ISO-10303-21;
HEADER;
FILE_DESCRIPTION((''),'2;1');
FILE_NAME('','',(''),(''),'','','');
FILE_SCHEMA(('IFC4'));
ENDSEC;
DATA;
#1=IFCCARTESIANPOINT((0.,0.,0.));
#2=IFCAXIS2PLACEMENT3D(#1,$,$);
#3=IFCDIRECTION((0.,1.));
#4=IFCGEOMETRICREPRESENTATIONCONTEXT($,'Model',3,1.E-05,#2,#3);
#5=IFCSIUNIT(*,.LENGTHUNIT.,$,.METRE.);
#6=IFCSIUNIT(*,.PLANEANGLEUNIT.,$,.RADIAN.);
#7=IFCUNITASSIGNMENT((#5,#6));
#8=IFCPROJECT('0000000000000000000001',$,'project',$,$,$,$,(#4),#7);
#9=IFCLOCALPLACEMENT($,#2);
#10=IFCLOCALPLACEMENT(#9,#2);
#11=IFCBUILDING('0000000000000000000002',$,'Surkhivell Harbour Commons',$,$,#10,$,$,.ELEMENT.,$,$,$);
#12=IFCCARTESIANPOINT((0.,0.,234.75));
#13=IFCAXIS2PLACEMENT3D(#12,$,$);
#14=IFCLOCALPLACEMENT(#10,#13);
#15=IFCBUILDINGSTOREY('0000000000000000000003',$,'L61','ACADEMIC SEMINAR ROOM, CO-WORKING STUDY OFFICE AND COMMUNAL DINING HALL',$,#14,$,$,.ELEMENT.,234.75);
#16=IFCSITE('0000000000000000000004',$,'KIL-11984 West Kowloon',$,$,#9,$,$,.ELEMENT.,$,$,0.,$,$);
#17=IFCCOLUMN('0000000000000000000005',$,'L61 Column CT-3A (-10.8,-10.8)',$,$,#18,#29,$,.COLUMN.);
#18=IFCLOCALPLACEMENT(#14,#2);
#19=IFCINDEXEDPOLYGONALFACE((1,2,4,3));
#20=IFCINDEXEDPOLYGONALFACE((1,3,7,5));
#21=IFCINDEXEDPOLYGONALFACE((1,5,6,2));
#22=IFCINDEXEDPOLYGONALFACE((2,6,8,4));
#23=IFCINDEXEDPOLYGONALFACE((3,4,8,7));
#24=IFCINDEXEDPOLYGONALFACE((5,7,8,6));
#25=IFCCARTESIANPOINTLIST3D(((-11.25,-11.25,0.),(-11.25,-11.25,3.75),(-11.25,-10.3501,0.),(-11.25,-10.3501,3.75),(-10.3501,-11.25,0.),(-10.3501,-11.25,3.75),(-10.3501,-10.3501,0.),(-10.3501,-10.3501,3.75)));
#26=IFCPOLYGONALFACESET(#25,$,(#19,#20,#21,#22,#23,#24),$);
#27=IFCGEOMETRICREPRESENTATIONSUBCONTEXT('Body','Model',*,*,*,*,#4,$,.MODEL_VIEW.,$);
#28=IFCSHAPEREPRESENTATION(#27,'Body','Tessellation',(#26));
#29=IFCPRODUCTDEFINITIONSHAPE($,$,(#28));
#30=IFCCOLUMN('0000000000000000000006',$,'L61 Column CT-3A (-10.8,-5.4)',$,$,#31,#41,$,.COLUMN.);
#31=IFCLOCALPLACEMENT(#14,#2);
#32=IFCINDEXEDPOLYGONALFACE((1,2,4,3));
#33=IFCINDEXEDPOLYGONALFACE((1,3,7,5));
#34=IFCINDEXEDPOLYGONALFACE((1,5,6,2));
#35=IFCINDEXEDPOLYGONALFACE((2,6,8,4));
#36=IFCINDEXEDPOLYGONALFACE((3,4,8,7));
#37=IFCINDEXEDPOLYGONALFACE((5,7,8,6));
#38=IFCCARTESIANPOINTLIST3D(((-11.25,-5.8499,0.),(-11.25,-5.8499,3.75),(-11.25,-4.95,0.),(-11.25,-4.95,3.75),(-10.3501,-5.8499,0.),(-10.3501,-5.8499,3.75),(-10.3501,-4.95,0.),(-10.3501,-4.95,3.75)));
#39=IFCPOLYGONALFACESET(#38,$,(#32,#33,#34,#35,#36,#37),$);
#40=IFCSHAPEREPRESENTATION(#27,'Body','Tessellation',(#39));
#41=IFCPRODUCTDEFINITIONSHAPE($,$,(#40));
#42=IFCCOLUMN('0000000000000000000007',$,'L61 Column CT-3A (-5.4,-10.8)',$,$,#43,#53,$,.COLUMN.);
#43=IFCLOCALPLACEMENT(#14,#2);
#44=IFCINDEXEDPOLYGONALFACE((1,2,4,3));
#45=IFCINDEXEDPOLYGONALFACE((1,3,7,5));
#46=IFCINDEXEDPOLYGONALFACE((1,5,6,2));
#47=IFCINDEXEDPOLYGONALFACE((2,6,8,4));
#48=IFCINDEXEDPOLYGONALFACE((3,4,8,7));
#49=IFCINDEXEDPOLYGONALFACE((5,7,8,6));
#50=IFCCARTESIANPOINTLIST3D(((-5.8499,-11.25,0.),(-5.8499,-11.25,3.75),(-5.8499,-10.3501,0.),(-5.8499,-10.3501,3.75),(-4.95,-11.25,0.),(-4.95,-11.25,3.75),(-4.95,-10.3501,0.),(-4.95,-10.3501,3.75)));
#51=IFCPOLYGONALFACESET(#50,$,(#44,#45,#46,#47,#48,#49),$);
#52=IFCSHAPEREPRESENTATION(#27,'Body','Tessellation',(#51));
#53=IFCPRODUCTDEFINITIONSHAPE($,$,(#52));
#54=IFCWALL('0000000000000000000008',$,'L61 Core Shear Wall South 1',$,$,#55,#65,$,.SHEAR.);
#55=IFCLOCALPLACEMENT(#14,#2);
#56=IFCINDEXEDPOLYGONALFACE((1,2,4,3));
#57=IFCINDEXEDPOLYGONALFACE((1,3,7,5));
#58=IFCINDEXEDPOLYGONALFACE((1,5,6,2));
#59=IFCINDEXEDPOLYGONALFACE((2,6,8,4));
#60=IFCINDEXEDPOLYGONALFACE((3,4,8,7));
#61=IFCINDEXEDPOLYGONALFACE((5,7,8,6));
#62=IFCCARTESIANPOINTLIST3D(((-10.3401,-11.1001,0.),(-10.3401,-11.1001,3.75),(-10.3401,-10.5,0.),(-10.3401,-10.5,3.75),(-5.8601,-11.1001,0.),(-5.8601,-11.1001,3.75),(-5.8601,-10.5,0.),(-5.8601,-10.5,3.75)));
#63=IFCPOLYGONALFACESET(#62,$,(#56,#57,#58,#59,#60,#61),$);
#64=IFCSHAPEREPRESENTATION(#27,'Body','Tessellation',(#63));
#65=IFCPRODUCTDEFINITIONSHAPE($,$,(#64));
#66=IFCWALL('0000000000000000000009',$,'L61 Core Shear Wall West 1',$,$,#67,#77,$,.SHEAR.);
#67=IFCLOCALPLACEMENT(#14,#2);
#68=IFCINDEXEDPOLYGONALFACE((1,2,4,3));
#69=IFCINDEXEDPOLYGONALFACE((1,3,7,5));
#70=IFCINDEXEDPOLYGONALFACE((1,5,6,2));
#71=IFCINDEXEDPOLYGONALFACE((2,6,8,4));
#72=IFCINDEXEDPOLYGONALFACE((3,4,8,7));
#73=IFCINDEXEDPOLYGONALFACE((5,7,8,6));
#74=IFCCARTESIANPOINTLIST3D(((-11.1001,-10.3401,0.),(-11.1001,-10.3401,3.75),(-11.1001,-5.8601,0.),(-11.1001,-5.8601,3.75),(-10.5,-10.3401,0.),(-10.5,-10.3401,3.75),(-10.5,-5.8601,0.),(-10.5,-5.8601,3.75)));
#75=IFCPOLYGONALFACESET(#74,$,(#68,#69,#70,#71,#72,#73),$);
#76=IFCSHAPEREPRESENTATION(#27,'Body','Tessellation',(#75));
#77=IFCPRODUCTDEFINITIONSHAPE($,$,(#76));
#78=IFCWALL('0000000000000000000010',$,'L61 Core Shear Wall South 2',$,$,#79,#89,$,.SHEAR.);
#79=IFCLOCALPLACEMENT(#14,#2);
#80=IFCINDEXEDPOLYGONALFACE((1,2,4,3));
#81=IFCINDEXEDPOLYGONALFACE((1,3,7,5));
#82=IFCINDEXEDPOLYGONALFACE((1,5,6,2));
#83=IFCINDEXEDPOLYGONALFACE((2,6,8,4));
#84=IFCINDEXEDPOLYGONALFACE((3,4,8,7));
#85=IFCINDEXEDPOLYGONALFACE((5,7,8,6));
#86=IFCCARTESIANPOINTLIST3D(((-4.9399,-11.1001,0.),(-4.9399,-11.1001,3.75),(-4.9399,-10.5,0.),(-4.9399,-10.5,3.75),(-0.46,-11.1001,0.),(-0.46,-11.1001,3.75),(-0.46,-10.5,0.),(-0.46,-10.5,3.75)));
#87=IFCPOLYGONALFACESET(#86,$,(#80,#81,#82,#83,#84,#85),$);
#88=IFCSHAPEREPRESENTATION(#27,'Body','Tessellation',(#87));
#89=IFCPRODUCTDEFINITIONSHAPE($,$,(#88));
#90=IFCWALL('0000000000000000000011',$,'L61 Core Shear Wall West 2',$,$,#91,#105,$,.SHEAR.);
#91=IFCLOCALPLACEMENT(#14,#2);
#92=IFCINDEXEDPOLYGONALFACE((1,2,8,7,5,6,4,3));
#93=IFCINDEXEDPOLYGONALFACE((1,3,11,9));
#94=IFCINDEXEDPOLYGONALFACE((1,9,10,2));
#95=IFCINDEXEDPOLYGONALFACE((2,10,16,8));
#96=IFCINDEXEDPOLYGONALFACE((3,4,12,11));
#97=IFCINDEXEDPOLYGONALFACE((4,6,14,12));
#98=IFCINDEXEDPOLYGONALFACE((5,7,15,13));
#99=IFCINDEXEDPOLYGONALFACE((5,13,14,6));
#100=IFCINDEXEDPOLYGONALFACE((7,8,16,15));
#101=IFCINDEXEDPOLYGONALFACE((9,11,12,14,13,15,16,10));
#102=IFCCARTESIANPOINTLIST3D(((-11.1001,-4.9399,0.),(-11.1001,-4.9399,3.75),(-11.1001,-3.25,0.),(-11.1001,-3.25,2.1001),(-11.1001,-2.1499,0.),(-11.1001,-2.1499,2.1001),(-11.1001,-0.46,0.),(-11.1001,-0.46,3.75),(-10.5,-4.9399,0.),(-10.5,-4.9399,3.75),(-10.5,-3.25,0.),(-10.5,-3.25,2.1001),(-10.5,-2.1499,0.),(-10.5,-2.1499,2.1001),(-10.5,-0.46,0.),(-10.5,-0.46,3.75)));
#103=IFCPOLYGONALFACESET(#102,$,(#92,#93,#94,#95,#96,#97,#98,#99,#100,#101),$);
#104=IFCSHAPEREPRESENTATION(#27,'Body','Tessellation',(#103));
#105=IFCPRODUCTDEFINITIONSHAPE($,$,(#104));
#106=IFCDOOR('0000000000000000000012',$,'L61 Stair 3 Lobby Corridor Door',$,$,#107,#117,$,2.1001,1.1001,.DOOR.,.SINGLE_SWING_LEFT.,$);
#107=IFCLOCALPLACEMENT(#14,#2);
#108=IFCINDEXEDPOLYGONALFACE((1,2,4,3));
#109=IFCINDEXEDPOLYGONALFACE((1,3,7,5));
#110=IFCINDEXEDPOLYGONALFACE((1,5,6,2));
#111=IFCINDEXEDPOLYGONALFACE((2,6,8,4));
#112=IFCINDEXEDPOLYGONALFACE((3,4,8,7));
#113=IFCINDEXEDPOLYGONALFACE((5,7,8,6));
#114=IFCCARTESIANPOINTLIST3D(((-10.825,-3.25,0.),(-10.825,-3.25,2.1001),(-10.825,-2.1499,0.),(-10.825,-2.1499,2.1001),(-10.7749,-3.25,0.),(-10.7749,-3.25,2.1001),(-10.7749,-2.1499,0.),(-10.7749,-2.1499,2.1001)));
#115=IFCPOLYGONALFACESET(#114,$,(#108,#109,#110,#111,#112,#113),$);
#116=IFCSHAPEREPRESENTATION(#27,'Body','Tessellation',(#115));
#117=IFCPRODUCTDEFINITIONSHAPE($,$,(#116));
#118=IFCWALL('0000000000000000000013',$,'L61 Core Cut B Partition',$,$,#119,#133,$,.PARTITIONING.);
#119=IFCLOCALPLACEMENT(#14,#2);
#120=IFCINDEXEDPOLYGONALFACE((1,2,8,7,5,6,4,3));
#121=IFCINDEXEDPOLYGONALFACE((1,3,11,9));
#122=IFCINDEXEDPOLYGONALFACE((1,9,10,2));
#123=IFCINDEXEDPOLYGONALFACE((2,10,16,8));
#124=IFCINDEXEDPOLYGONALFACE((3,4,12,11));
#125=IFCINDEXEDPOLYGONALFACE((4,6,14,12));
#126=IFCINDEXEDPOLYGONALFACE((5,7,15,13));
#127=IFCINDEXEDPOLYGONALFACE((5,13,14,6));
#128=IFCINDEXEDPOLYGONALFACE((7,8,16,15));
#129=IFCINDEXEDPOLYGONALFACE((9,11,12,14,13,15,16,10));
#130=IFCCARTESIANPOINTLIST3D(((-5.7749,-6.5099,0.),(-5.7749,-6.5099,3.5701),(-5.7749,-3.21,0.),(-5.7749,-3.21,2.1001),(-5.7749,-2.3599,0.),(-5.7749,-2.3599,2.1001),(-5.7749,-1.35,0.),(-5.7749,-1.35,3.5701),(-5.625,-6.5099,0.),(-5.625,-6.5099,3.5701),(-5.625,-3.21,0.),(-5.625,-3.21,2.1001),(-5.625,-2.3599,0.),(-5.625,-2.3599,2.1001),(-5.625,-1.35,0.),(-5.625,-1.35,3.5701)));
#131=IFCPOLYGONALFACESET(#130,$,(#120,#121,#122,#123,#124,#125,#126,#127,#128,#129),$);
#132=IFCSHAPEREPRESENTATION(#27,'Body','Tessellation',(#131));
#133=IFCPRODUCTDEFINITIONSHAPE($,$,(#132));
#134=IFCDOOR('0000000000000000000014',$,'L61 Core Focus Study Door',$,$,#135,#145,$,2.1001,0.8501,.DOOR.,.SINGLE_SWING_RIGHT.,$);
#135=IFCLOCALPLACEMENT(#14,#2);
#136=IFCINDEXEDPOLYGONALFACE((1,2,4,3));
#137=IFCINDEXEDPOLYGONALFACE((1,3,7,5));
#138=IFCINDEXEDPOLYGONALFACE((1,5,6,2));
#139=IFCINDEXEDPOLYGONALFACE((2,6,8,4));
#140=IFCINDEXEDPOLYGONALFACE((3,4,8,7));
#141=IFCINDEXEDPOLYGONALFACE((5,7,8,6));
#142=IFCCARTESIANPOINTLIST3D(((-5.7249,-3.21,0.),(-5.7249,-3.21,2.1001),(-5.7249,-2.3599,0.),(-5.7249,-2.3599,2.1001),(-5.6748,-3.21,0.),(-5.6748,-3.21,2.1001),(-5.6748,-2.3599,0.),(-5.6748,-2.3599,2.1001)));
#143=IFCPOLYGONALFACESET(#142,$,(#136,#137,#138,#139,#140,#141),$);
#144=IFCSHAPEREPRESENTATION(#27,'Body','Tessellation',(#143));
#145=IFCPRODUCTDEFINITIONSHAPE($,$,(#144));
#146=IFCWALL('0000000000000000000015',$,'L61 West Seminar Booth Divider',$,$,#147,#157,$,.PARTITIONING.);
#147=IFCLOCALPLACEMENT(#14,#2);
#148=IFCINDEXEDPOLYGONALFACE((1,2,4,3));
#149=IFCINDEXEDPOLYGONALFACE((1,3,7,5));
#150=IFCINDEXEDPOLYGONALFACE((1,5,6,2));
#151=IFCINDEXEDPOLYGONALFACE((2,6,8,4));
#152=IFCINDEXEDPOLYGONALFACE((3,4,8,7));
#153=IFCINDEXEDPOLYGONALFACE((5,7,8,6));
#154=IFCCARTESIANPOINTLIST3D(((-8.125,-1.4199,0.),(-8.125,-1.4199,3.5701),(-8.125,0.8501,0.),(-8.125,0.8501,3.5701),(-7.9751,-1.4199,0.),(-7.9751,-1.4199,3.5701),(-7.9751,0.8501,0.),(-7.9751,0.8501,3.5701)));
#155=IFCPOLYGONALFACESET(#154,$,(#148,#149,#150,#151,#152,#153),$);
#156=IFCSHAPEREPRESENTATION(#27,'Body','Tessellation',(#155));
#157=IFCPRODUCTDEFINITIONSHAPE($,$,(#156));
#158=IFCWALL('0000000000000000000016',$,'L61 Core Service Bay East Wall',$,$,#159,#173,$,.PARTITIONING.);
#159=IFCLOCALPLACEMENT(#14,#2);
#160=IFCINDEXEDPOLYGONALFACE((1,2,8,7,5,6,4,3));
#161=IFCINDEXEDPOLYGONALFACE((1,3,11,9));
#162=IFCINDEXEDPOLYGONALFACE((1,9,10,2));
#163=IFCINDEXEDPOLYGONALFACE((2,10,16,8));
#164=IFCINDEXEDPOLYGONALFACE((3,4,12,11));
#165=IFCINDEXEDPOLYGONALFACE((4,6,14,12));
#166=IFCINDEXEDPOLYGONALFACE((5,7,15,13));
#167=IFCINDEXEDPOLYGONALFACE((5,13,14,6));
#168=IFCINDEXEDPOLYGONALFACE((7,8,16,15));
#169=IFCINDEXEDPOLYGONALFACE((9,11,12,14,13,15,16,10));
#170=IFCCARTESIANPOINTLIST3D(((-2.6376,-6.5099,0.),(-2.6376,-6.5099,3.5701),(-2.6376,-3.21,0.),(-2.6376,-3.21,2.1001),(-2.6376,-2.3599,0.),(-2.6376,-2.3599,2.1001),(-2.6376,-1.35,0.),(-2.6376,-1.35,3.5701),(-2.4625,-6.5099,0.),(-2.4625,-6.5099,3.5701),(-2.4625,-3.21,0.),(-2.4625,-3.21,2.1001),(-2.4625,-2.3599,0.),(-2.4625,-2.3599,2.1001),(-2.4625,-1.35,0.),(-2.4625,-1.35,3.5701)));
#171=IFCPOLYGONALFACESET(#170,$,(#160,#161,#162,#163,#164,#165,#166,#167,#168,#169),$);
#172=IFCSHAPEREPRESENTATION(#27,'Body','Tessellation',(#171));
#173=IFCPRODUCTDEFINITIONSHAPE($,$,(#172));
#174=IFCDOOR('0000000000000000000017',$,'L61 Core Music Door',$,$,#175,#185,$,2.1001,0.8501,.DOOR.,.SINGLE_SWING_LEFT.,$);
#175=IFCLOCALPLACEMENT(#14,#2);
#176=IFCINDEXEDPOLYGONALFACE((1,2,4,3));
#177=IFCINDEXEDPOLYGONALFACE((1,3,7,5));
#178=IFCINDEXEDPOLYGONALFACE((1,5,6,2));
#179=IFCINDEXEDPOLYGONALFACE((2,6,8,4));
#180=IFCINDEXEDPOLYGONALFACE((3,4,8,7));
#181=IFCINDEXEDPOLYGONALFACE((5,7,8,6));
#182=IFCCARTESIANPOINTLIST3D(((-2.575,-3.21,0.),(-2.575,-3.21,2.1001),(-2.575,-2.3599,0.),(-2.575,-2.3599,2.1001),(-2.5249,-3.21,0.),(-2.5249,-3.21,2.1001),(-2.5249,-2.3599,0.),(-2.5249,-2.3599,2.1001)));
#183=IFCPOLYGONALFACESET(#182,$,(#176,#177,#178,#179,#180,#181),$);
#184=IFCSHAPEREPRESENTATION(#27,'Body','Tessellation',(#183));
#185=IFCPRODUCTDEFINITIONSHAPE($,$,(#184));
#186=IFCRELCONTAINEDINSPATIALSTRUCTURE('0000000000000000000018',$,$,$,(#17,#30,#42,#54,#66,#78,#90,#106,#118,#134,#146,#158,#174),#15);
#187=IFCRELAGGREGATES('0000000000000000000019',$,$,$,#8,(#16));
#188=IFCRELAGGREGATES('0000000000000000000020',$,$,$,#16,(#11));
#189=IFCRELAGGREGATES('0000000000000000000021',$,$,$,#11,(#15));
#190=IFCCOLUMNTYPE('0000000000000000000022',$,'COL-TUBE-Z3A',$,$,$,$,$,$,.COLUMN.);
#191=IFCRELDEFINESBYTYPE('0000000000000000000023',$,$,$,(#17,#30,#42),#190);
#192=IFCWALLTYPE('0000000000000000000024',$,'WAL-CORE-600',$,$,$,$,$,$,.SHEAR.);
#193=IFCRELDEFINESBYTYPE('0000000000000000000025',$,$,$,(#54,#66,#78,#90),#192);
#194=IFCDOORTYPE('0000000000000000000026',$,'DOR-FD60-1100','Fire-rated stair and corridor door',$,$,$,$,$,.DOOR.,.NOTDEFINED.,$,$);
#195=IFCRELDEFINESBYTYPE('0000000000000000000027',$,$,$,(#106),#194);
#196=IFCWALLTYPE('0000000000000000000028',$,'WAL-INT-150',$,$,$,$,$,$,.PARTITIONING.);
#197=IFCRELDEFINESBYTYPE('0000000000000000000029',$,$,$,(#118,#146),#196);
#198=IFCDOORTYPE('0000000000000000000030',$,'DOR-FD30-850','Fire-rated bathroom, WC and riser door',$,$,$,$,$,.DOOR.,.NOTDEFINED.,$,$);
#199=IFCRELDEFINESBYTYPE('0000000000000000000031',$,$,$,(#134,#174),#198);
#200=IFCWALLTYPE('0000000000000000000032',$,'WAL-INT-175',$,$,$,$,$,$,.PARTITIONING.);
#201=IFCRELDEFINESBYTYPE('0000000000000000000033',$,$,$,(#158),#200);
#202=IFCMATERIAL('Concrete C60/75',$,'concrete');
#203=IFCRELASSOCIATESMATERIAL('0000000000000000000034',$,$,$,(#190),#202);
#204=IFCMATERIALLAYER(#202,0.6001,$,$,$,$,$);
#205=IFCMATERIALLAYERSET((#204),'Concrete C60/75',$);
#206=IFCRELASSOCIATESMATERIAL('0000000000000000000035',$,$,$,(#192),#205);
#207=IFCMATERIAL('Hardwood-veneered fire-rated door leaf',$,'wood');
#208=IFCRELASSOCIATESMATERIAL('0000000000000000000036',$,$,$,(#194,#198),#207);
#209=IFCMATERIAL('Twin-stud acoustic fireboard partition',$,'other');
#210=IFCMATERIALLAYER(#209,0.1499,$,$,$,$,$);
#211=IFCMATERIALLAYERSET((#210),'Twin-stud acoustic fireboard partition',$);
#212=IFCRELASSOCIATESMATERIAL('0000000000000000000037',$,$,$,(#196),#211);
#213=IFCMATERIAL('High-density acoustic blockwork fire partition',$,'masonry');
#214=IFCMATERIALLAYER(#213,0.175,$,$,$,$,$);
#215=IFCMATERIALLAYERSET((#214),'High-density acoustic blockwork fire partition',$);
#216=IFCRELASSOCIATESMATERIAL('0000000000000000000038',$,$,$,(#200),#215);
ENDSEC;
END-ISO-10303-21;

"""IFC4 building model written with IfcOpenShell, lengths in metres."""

from ifc_helpers import new_model, si_unit, direction, frame, frame_2d, origin, origin_2d, place, context, subcontext, project, spatial, rectangle, extrude, material, layer, layer_set, material_profile, profile_set, type_object, element, fill, save


model = new_model("IFC4")

# Units and contexts
model_context = context("Model", 3, precision=1e-05, world=origin(), true_north=direction((0.0, 1.0)))
body_context = subcontext(model_context, "Body", "Model", "MODEL_VIEW")
ifc_project = project(units=[si_unit("LENGTHUNIT", "METRE"), si_unit("PLANEANGLEUNIT", "RADIAN")], contexts=[model_context])

# Site, building, storey
site_placement = place(None, origin())
site = spatial("IfcSite", under=ifc_project, at=site_placement, Name="KIL-11984 West Kowloon", CompositionType="ELEMENT", RefElevation=0.0)
building_placement = place(site_placement, origin())
building = spatial("IfcBuilding", under=site, at=building_placement, Name="Surkhivell Harbour Commons", CompositionType="ELEMENT")
storey_placement = place(building_placement, frame((0.0, 0.0, 234.75)))
storey = spatial("IfcBuildingStorey", under=building, at=storey_placement, Name="L61", Description="ACADEMIC SEMINAR ROOM, CO-WORKING STUDY OFFICE AND COMMUNAL DINING HALL", CompositionType="ELEMENT", Elevation=234.75)

# Columns
ifc_material_1 = material(Name="Concrete C60/75", Category="concrete")
ifc_material_profile = material_profile(ifc_material_1, rectangle(XDim=0.8999, YDim=0.8999, at=origin_2d()), Name="RC-COL-900x900")
ifc_profile_set = profile_set([ifc_material_profile], Name="Concrete C60/75")
column_type = type_object("IfcColumnType", Name="COL-TUBE-Z3A", PredefinedType="COLUMN", material=ifc_profile_set)
for number, where, z_axis, x_axis, name in (
    (1, (-10.8, -10.8, 0.0), (0.0, 0.0, 1.0), (1.0, 0.0, 0.0), "L61 Column CT-3A (-10.8,-10.8)"),
    (2, (-10.8, -5.3999, 0.0), (0.0, 0.0, 1.0), (1.0, 0.0, 0.0), "L61 Column CT-3A (-10.8,-5.4)"),
    (3, (-5.3999, -10.8, 0.0), (0.0, 0.0, 1.0), (1.0, 0.0, 0.0), "L61 Column CT-3A (-5.4,-10.8)"),
):
    element("IfcColumn", number, at=place(storey_placement, frame(where, z_axis=z_axis, x_axis=x_axis)), inside=storey, type_object=column_type, Name=name, PredefinedType="COLUMN", context=body_context, shape_type="SweptSolid", body=[
        extrude(rectangle(XDim=0.8999, YDim=0.8999, at=origin_2d()), origin(), (0.0, 0.0, 1.0), 3.75),
    ])

# Walls
ifc_layer_1 = layer(ifc_material_1, 0.6001)
ifc_layer_set_1 = layer_set([ifc_layer_1], Name="Concrete C60/75")
wall_type_1 = type_object("IfcWallType", Name="WAL-CORE-600", PredefinedType="SHEAR", material=ifc_layer_set_1)
for number, where, z_axis, x_axis, name in (
    (4, (-10.3401, -10.8, 0.0), (0.0, 0.0, 1.0), (1.0, 0.0, 0.0), "L61 Core Shear Wall South 1"),
    (5, (-10.8, -10.3401, 0.0), (0.0, 0.0, 1.0), (0.0, 1.0, 0.0), "L61 Core Shear Wall West 1"),
    (6, (-4.9399, -10.8, 0.0), (0.0, 0.0, 1.0), (1.0, 0.0, 0.0), "L61 Core Shear Wall South 2"),
):
    element("IfcWall", number, at=place(storey_placement, frame(where, z_axis=z_axis, x_axis=x_axis)), inside=storey, type_object=wall_type_1, Name=name, PredefinedType="SHEAR", context=body_context, shape_type="SweptSolid", body=[
        extrude(rectangle(XDim=4.48, YDim=0.6001, at=frame_2d((2.24, 0.0))), origin(), (0.0, 0.0, 1.0), 3.75),
    ])

# Walls, openings, doors
wall_1_placement = place(storey_placement, frame((-10.8, -4.9399, 0.0), z_axis=(0.0, 0.0, 1.0), x_axis=(0.0, 1.0, 0.0)))
wall_1 = element("IfcWall", 7, at=wall_1_placement, inside=storey, type_object=wall_type_1, Name="L61 Core Shear Wall West 2", PredefinedType="SHEAR", context=body_context, shape_type="SweptSolid", body=[
    extrude(rectangle(XDim=4.48, YDim=0.6001, at=frame_2d((2.24, 0.0))), origin(), (0.0, 0.0, 1.0), 3.75),
])
opening_1_placement = place(wall_1_placement, frame((1.6899, 0.0, 0.0)))
opening_1 = element("IfcOpeningElement", 8, at=opening_1_placement, cuts=wall_1, PredefinedType="OPENING", context=body_context, shape_type="SweptSolid", body=[
    extrude(rectangle(XDim=1.1001, YDim=2.1001, at=frame_2d((0.55, 1.05))), frame((0.0, 0.3101, 0.0), z_axis=(0.0, -1.0, 0.0), x_axis=(1.0, 0.0, 0.0)), (0.0, 0.0, 1.0), 0.6201),
])
ifc_material_2 = material(Name="Hardwood-veneered fire-rated door leaf", Category="wood")
door_type_1 = type_object("IfcDoorType", Name="DOR-FD60-1100", Description="Fire-rated stair and corridor door", OperationType="NOTDEFINED", PredefinedType="DOOR", material=ifc_material_2)
door_1_placement = place(opening_1_placement, origin())
door_1 = element("IfcDoor", 9, at=door_1_placement, inside=storey, type_object=door_type_1, Name="L61 Stair 3 Lobby Corridor Door", OperationType="SINGLE_SWING_LEFT", OverallHeight=2.1001, OverallWidth=1.1001, PredefinedType="DOOR", context=body_context, shape_type="SweptSolid", body=[
    extrude(rectangle(XDim=1.1001, YDim=2.1001, at=frame_2d((0.55, 1.05))), frame((0.0, 0.0249, 0.0), z_axis=(0.0, -1.0, 0.0), x_axis=(1.0, 0.0, 0.0)), (0.0, 0.0, 1.0), 0.05),
])
fill(opening_1, door_1)
ifc_material_3 = material(Name="Twin-stud acoustic fireboard partition", Category="other")
ifc_layer_2 = layer(ifc_material_3, 0.1499)
ifc_layer_set_2 = layer_set([ifc_layer_2], Name="Twin-stud acoustic fireboard partition")
wall_type_2 = type_object("IfcWallType", Name="WAL-INT-150", PredefinedType="PARTITIONING", material=ifc_layer_set_2)
wall_2_placement = place(storey_placement, frame((-5.7, -6.51, 0.0), z_axis=(0.0, 0.0, 1.0), x_axis=(0.0, 1.0, 0.0)))
wall_2 = element("IfcWall", 10, at=wall_2_placement, inside=storey, type_object=wall_type_2, Name="L61 Core Cut B Partition", PredefinedType="PARTITIONING", context=body_context, shape_type="SweptSolid", body=[
    extrude(rectangle(XDim=5.1599, YDim=0.1499, at=frame_2d((2.5801, 0.0))), origin(), (0.0, 0.0, 1.0), 3.5701),
])
opening_2_placement = place(wall_2_placement, frame((3.3, 0.0, 0.0)))
opening_2 = element("IfcOpeningElement", 11, at=opening_2_placement, cuts=wall_2, PredefinedType="OPENING", context=body_context, shape_type="SweptSolid", body=[
    extrude(rectangle(XDim=0.8501, YDim=2.1001, at=frame_2d((0.425, 1.05))), frame((0.0, 0.085, 0.0), z_axis=(0.0, -1.0, 0.0), x_axis=(1.0, 0.0, 0.0)), (0.0, 0.0, 1.0), 0.1699),
])
door_type_2 = type_object("IfcDoorType", Name="DOR-FD30-850", Description="Fire-rated bathroom, WC and riser door", OperationType="NOTDEFINED", PredefinedType="DOOR", material=ifc_material_2)
door_2_placement = place(opening_2_placement, origin())
door_2 = element("IfcDoor", 12, at=door_2_placement, inside=storey, type_object=door_type_2, Name="L61 Core Focus Study Door", OperationType="SINGLE_SWING_RIGHT", OverallHeight=2.1001, OverallWidth=0.8501, PredefinedType="DOOR", context=body_context, shape_type="SweptSolid", body=[
    extrude(rectangle(XDim=0.8501, YDim=2.1001, at=frame_2d((0.425, 1.05))), frame((0.0, 0.0249, 0.0), z_axis=(0.0, -1.0, 0.0), x_axis=(1.0, 0.0, 0.0)), (0.0, 0.0, 1.0), 0.05),
])
fill(opening_2, door_2)

# Wall
wall_3_placement = place(storey_placement, frame((-8.05, -1.4199, 0.0), z_axis=(0.0, 0.0, 1.0), x_axis=(0.0, 1.0, 0.0)))
element("IfcWall", 13, at=wall_3_placement, inside=storey, type_object=wall_type_2, Name="L61 West Seminar Booth Divider", PredefinedType="PARTITIONING", context=body_context, shape_type="SweptSolid", body=[
    extrude(rectangle(XDim=2.27, YDim=0.1499, at=frame_2d((1.135, 0.0))), origin(), (0.0, 0.0, 1.0), 3.5701),
])

# Wall, opening, door
ifc_material_4 = material(Name="High-density acoustic blockwork fire partition", Category="masonry")
ifc_layer_3 = layer(ifc_material_4, 0.175)
ifc_layer_set_3 = layer_set([ifc_layer_3], Name="High-density acoustic blockwork fire partition")
wall_type_3 = type_object("IfcWallType", Name="WAL-INT-175", PredefinedType="PARTITIONING", material=ifc_layer_set_3)
wall_4_placement = place(storey_placement, frame((-2.55, -6.51, 0.0), z_axis=(0.0, 0.0, 1.0), x_axis=(0.0, 1.0, 0.0)))
wall_4 = element("IfcWall", 14, at=wall_4_placement, inside=storey, type_object=wall_type_3, Name="L61 Core Service Bay East Wall", PredefinedType="PARTITIONING", context=body_context, shape_type="SweptSolid", body=[
    extrude(rectangle(XDim=5.1599, YDim=0.175, at=frame_2d((2.5801, 0.0))), origin(), (0.0, 0.0, 1.0), 3.5701),
])
opening_3_placement = place(wall_4_placement, frame((3.3, 0.0, 0.0)))
opening_3 = element("IfcOpeningElement", 15, at=opening_3_placement, cuts=wall_4, PredefinedType="OPENING", context=body_context, shape_type="SweptSolid", body=[
    extrude(rectangle(XDim=0.8501, YDim=2.1001, at=frame_2d((0.425, 1.05))), frame((0.0, 0.0974, 0.0), z_axis=(0.0, -1.0, 0.0), x_axis=(1.0, 0.0, 0.0)), (0.0, 0.0, 1.0), 0.1951),
])
door_3_placement = place(opening_3_placement, origin())
door_3 = element("IfcDoor", 16, at=door_3_placement, inside=storey, type_object=door_type_2, Name="L61 Core Music Door", OperationType="SINGLE_SWING_LEFT", OverallHeight=2.1001, OverallWidth=0.8501, PredefinedType="DOOR", context=body_context, shape_type="SweptSolid", body=[
    extrude(rectangle(XDim=0.8501, YDim=2.1001, at=frame_2d((0.425, 1.05))), frame((0.0, 0.0249, 0.0), z_axis=(0.0, -1.0, 0.0), x_axis=(1.0, 0.0, 0.0)), (0.0, 0.0, 1.0), 0.05),
])
fill(opening_3, door_3)

save(model, "model.ifc")
